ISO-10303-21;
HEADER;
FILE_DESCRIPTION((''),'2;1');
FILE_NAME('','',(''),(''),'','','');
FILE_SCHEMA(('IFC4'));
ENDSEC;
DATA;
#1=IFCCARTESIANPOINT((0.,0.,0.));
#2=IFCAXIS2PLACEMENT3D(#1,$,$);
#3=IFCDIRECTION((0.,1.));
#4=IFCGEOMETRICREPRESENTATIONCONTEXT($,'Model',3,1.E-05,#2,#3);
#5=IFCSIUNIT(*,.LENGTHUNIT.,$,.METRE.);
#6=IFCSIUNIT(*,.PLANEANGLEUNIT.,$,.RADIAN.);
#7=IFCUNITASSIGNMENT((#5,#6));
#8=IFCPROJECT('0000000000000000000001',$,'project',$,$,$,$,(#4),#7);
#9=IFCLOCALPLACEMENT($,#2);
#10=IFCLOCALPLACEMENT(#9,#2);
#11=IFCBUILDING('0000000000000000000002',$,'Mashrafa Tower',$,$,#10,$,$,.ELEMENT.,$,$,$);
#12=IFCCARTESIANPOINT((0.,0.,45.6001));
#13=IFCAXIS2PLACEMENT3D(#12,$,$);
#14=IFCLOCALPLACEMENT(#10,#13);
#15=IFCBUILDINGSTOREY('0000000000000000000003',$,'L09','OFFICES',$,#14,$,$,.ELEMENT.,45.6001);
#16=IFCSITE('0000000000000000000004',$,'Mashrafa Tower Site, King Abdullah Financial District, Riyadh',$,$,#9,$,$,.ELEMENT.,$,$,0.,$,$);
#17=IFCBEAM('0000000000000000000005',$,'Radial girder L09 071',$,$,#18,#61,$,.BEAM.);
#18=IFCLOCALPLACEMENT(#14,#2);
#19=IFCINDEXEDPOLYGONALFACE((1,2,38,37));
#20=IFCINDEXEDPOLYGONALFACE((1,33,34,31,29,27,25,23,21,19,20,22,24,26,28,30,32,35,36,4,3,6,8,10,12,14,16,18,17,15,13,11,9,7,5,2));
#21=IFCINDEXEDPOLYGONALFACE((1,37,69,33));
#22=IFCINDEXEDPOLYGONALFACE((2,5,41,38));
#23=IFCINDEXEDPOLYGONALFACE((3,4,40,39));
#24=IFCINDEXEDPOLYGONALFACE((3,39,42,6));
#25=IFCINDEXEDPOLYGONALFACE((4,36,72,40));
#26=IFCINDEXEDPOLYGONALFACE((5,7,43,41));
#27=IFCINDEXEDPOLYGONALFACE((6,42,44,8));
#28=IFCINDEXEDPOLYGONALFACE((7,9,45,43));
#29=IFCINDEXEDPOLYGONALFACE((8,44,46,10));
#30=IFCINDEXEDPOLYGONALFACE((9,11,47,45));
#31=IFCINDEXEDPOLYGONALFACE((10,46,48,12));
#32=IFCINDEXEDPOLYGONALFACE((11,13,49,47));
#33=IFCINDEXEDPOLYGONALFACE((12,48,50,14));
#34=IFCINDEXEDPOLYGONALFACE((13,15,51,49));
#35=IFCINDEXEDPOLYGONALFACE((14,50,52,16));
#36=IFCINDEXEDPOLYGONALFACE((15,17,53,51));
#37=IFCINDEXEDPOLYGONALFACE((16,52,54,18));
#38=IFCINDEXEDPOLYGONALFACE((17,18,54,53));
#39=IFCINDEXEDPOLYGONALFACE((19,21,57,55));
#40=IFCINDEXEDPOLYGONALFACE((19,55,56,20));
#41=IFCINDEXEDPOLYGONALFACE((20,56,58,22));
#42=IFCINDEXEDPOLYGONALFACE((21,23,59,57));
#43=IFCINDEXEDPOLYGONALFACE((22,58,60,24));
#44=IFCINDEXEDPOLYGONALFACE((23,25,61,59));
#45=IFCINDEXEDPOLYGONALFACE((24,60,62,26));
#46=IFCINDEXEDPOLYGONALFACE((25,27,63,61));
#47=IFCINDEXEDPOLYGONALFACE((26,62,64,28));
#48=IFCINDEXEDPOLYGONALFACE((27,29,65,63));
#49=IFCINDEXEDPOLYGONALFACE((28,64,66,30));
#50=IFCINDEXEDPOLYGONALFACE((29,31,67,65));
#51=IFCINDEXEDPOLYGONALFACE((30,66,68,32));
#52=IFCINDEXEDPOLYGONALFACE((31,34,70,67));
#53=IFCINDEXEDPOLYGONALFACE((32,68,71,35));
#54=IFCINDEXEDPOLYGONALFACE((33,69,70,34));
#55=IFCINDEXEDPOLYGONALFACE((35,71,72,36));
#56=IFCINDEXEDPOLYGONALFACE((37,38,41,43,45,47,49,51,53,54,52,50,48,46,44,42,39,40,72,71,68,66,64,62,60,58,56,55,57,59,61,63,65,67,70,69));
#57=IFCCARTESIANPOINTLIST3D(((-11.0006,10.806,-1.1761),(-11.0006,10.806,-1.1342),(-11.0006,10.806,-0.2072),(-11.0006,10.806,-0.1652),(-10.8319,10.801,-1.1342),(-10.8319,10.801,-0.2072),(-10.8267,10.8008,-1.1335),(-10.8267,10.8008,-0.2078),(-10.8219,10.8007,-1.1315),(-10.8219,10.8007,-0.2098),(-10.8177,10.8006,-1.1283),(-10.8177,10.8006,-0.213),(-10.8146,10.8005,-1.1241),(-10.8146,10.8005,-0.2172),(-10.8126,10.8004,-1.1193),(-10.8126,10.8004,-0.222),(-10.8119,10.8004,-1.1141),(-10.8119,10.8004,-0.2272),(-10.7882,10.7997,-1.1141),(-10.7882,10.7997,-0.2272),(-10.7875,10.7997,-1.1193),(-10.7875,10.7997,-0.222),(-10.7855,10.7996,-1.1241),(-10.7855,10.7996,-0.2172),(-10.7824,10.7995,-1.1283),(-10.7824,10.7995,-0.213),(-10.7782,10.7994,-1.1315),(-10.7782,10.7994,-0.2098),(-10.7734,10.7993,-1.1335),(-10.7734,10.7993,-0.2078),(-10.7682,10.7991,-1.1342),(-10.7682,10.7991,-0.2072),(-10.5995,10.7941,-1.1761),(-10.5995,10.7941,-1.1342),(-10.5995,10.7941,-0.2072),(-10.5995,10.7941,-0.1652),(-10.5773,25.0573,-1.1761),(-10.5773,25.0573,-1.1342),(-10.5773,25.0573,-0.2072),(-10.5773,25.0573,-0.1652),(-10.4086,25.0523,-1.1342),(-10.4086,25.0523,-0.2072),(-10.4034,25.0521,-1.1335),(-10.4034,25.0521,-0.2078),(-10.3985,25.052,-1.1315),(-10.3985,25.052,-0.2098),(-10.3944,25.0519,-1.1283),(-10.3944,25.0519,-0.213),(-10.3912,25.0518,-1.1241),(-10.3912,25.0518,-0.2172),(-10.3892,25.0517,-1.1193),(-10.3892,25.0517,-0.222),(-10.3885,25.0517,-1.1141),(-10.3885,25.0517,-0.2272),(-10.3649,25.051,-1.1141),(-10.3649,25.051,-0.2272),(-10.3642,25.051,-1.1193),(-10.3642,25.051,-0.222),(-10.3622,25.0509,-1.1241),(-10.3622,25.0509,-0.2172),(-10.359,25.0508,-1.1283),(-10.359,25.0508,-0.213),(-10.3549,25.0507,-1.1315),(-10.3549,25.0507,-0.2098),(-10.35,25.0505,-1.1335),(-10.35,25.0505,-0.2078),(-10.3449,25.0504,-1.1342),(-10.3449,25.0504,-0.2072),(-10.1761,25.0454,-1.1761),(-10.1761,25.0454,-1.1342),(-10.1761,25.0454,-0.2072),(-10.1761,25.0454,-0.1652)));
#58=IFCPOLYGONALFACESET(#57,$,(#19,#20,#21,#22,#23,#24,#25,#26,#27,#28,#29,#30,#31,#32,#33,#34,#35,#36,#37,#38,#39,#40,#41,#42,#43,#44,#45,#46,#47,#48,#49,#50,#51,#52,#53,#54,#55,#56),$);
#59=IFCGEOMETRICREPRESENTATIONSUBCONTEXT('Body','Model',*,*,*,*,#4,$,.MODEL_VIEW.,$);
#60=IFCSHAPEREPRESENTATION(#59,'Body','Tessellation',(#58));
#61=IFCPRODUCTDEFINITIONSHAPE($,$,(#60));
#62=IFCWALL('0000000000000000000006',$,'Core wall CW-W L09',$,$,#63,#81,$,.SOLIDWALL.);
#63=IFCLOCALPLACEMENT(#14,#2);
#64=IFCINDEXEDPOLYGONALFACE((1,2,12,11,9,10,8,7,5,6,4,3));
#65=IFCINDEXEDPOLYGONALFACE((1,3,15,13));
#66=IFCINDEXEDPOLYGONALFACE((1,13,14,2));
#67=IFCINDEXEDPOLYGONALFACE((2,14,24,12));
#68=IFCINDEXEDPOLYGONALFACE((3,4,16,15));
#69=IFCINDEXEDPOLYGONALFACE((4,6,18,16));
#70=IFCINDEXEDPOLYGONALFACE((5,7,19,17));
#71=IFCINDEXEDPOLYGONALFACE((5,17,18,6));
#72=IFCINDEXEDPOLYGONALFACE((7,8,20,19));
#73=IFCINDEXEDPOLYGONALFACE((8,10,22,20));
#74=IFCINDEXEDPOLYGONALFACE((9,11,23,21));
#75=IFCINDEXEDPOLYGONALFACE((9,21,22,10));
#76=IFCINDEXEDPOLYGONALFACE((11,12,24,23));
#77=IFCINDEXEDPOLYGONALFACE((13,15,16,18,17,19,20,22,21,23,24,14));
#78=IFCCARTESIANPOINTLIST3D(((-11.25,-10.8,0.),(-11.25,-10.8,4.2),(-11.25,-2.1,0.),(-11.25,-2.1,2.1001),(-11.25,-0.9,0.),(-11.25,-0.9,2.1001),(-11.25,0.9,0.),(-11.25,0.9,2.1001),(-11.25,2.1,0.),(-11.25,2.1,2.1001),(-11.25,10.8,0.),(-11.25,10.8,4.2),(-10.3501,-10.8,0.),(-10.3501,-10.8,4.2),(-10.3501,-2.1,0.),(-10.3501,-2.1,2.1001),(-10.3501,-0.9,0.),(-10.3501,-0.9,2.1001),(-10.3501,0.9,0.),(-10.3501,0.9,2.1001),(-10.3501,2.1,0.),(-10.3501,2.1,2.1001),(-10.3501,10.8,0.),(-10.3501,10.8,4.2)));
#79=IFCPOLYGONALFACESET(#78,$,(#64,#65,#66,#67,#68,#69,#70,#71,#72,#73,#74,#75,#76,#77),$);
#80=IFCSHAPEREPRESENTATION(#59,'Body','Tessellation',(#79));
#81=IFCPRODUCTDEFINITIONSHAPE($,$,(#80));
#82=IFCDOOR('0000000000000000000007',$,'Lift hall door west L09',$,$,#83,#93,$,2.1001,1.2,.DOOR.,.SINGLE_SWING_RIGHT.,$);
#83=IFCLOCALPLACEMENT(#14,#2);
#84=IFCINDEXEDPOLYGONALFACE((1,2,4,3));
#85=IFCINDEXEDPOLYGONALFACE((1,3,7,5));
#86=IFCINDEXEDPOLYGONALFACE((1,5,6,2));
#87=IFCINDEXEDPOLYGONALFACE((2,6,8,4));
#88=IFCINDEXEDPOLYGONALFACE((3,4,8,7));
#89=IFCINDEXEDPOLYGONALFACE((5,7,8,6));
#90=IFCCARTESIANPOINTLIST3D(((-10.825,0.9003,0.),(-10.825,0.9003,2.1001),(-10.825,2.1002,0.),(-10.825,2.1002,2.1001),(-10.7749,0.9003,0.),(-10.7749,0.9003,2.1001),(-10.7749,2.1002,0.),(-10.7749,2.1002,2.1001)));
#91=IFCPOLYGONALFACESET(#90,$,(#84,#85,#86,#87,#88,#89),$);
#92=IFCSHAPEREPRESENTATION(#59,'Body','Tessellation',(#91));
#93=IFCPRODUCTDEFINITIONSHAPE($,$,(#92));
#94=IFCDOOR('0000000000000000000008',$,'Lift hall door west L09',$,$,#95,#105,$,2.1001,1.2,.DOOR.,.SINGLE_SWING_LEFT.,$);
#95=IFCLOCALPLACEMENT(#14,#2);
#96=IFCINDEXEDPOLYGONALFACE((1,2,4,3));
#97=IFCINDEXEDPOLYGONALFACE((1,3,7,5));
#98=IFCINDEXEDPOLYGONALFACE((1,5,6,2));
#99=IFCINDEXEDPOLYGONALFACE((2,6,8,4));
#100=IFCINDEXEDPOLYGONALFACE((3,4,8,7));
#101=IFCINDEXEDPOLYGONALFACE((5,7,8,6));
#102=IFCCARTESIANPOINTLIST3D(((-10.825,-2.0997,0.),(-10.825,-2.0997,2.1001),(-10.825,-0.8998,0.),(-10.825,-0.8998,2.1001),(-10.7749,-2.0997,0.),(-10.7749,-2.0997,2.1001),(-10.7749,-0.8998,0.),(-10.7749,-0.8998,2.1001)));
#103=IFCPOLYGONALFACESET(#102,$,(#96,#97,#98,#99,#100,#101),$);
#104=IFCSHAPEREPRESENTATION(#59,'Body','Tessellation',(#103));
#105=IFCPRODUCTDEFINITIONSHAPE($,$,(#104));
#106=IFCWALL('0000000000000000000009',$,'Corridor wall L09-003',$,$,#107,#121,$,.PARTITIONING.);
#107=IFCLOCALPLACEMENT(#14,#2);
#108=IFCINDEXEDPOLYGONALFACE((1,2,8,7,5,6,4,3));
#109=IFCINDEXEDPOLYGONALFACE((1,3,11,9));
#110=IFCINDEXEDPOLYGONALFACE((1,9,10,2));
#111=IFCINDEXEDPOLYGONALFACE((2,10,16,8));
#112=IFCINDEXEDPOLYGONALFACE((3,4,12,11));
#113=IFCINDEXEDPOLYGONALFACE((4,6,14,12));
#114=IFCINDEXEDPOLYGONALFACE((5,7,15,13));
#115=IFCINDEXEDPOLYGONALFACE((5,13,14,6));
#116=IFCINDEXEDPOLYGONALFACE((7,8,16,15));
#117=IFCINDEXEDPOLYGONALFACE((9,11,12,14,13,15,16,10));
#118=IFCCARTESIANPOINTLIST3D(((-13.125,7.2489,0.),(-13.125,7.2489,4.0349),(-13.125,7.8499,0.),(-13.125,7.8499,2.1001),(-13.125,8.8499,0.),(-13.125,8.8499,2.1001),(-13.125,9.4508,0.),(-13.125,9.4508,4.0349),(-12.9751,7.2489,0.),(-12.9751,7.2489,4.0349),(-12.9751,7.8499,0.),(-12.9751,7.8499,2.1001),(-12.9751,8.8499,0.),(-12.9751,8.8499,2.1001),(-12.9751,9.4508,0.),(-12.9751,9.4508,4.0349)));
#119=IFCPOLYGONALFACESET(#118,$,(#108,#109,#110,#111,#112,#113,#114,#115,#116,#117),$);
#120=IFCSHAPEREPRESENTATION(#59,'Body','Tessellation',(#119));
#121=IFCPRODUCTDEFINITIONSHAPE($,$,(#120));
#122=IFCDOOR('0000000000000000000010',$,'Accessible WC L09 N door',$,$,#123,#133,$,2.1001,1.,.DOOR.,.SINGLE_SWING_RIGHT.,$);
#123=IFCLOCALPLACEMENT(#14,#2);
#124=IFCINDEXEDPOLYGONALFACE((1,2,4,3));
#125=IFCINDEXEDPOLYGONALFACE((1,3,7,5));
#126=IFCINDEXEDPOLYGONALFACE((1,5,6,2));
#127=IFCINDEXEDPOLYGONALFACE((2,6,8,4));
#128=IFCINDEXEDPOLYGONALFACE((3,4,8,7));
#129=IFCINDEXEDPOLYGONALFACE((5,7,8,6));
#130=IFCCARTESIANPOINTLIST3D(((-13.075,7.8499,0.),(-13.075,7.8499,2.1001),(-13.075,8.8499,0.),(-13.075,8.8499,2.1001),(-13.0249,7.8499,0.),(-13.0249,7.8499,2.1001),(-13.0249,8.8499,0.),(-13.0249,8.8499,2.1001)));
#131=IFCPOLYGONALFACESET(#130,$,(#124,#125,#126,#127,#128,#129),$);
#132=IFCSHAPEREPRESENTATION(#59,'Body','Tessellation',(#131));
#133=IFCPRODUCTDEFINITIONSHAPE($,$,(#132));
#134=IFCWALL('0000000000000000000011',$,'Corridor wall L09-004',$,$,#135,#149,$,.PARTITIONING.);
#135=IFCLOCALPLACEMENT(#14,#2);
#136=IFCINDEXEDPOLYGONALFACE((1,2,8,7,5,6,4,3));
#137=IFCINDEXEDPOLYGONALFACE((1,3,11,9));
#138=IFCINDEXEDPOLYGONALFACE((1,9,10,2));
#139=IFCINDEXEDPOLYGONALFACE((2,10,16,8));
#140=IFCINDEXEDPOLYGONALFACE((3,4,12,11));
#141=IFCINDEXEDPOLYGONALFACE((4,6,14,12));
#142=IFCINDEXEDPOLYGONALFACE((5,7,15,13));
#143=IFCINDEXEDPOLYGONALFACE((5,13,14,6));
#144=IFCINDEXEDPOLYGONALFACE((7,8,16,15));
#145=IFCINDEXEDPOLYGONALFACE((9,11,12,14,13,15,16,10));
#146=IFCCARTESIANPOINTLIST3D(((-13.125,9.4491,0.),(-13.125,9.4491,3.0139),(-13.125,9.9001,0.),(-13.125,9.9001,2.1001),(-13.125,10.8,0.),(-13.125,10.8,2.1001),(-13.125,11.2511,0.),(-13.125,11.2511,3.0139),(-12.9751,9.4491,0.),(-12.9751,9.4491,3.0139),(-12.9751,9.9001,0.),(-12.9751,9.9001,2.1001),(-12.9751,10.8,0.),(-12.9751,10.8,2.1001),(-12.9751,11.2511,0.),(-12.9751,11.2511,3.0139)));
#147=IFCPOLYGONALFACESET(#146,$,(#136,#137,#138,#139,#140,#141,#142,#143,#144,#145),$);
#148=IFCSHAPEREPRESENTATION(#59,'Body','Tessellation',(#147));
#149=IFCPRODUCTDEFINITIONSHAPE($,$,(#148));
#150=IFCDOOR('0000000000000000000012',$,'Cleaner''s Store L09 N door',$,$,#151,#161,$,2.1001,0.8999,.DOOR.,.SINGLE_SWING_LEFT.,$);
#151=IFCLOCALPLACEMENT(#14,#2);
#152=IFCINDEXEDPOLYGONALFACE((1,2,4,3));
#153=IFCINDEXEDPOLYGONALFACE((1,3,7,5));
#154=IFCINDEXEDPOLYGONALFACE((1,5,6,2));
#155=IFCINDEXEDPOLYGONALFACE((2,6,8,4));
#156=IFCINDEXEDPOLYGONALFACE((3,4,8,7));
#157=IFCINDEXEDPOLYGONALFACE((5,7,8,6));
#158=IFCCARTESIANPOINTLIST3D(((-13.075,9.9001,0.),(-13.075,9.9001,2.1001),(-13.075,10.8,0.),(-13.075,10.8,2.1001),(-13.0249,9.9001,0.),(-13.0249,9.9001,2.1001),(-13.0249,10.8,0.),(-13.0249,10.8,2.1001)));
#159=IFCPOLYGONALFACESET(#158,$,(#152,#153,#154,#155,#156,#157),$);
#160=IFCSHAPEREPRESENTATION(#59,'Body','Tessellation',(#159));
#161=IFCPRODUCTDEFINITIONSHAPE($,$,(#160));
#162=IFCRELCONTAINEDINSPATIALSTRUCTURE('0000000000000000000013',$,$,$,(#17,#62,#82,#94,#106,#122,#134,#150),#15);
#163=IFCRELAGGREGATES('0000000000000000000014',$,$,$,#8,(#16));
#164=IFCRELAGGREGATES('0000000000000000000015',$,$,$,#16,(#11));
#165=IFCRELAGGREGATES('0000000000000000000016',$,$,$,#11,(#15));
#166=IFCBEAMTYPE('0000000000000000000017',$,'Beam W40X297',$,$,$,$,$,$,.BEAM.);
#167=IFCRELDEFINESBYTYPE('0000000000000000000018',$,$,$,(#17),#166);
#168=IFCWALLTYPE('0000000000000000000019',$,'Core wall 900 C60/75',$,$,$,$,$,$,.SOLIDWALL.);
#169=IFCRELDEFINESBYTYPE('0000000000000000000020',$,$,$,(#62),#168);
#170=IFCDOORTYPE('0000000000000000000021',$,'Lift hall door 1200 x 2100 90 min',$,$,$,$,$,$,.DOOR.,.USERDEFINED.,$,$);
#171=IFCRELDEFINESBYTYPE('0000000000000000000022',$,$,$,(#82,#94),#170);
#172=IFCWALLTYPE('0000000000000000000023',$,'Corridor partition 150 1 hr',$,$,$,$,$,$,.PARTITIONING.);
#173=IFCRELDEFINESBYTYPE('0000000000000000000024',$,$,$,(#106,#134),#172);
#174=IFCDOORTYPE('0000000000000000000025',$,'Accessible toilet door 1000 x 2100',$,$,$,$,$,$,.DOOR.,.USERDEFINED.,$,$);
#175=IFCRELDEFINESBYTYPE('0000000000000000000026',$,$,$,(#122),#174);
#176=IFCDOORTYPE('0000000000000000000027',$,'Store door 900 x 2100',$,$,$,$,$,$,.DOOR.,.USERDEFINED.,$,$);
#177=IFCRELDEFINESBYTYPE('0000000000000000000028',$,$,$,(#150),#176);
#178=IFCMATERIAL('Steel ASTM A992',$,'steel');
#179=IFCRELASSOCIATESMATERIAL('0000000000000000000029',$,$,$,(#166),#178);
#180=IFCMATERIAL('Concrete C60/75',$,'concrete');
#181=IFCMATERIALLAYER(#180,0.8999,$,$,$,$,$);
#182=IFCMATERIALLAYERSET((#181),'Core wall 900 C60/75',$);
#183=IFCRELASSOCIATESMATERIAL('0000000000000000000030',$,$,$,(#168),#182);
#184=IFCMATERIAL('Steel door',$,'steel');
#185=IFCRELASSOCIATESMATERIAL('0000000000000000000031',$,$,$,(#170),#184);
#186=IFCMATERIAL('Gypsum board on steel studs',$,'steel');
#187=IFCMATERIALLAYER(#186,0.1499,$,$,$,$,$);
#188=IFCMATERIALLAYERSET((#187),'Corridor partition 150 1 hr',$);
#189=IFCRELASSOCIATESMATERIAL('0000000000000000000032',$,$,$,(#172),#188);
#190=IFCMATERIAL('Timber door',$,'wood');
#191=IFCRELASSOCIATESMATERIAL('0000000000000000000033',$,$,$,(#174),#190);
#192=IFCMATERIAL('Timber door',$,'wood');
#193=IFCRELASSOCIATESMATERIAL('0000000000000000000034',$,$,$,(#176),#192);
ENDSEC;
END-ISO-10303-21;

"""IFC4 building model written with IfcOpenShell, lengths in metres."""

from ifc_helpers import new_model, si_unit, direction, frame, frame_2d, origin, origin_2d, place, context, subcontext, project, spatial, rectangle, i_section, extrude, material, layer, layer_set, material_profile, profile_set, type_object, element, fill, save


model = new_model("IFC4")

# Units and contexts
model_context = context("Model", 3, precision=1e-05, world=origin(), true_north=direction((0.0, 1.0)))
body_context = subcontext(model_context, "Body", "Model", "MODEL_VIEW")
ifc_project = project(units=[si_unit("LENGTHUNIT", "METRE"), si_unit("PLANEANGLEUNIT", "RADIAN")], contexts=[model_context])

# Site, building, storey
site_placement = place(None, origin())
site = spatial("IfcSite", under=ifc_project, at=site_placement, Name="Mashrafa Tower Site, King Abdullah Financial District, Riyadh", CompositionType="ELEMENT", RefElevation=0.0)
building_placement = place(site_placement, origin())
building = spatial("IfcBuilding", under=site, at=building_placement, Name="Mashrafa Tower", CompositionType="ELEMENT")
storey_placement = place(building_placement, frame((0.0, 0.0, 45.6001)))
storey = spatial("IfcBuildingStorey", under=building, at=storey_placement, Name="L09", Description="OFFICES", CompositionType="ELEMENT", Elevation=45.6001)

# Beam
ifc_material_1 = material(Name="Steel ASTM A992", Category="steel")
ifc_material_profile_1 = material_profile(ifc_material_1, i_section(OverallWidth=0.4014, OverallDepth=1.011, WebThickness=0.0237, FlangeThickness=0.042, FilletRadius=0.02, at=origin_2d()), Name="W40X297")
ifc_profile_set_1 = profile_set([ifc_material_profile_1], Name="Steel ASTM A992")
beam_type_1 = type_object("IfcBeamType", Name="Beam W40X297", PredefinedType="BEAM", material=ifc_profile_set_1)
for number, where, z_axis, x_axis, name in (
    (1, (-10.8, 10.8, -0.6707), (0.029692, 0.999559, 0.0), (-0.999559, 0.029692, 0.0), "Radial girder L09 071"),
):
    element("IfcBeam", number, at=place(storey_placement, frame(where, z_axis=z_axis, x_axis=x_axis)), inside=storey, type_object=beam_type_1, Name=name, PredefinedType="BEAM", context=body_context, shape_type="SweptSolid", body=[
        extrude(i_section(OverallWidth=0.4014, OverallDepth=1.011, WebThickness=0.0237, FlangeThickness=0.042, FilletRadius=0.02, at=origin_2d()), origin(), (0.0, 0.0, 1.0), 14.2576),
    ])

# Wall, openings, doors
ifc_material_2 = material(Name="Concrete C60/75", Category="concrete")
ifc_layer_1 = layer(ifc_material_2, 0.8999)
ifc_layer_set_1 = layer_set([ifc_layer_1], Name="Core wall 900 C60/75")
wall_type_1 = type_object("IfcWallType", Name="Core wall 900 C60/75", PredefinedType="SOLIDWALL", material=ifc_layer_set_1)
wall_1_placement = place(storey_placement, frame((-10.8, 10.8, 0.0), z_axis=(0.0, 0.0, 1.0), x_axis=(0.0, -1.0, 0.0)))
wall_1 = element("IfcWall", 2, at=wall_1_placement, inside=storey, type_object=wall_type_1, Name="Core wall CW-W L09", PredefinedType="SOLIDWALL", context=body_context, shape_type="SweptSolid", body=[
    extrude(rectangle(XDim=21.6001, YDim=0.8999, at=frame_2d((10.8, 0.0))), origin(), (0.0, 0.0, 1.0), 4.2),
])
opening_1_placement = place(wall_1_placement, frame((8.7, 0.0, 0.0)))
opening_1 = element("IfcOpeningElement", 3, at=opening_1_placement, cuts=wall_1, PredefinedType="OPENING", context=body_context, shape_type="SweptSolid", body=[
    extrude(rectangle(XDim=1.2, YDim=2.1001, at=frame_2d((0.6001, 1.05))), frame((0.0, 0.46, 0.0), z_axis=(0.0, -1.0, 0.0), x_axis=(1.0, 0.0, 0.0)), (0.0, 0.0, 1.0), 0.9199),
])
opening_2_placement = place(wall_1_placement, frame((11.7, 0.0, 0.0)))
opening_2 = element("IfcOpeningElement", 4, at=opening_2_placement, cuts=wall_1, PredefinedType="OPENING", context=body_context, shape_type="SweptSolid", body=[
    extrude(rectangle(XDim=1.2, YDim=2.1001, at=frame_2d((0.6001, 1.05))), frame((0.0, 0.46, 0.0), z_axis=(0.0, -1.0, 0.0), x_axis=(1.0, 0.0, 0.0)), (0.0, 0.0, 1.0), 0.9199),
])
ifc_material_3 = material(Name="Steel door", Category="steel")
door_type_1 = type_object("IfcDoorType", Name="Lift hall door 1200 x 2100 90 min", OperationType="USERDEFINED", PredefinedType="DOOR", material=ifc_material_3)
door_1_placement = place(opening_1_placement, frame((1.2, 0.0, 0.0), z_axis=(0.0, 0.0, 1.0), x_axis=(-1.0, 0.0, 0.0)))
door_1 = element("IfcDoor", 5, at=door_1_placement, inside=storey, type_object=door_type_1, Name="Lift hall door west L09", OperationType="SINGLE_SWING_RIGHT", OverallHeight=2.1001, OverallWidth=1.2, PredefinedType="DOOR", context=body_context, shape_type="SweptSolid", body=[
    extrude(rectangle(XDim=1.2, YDim=2.1001, at=frame_2d((0.6001, 1.05))), frame((0.0, 0.0249, 0.0), z_axis=(0.0, -1.0, 0.0), x_axis=(1.0, 0.0, 0.0)), (0.0, 0.0, 1.0), 0.05),
])
fill(opening_1, door_1)
door_2_placement = place(opening_2_placement, frame((1.2, 0.0, 0.0), z_axis=(0.0, 0.0, 1.0), x_axis=(-1.0, 0.0, 0.0)))
door_2 = element("IfcDoor", 6, at=door_2_placement, inside=storey, type_object=door_type_1, Name="Lift hall door west L09", OperationType="SINGLE_SWING_LEFT", OverallHeight=2.1001, OverallWidth=1.2, PredefinedType="DOOR", context=body_context, shape_type="SweptSolid", body=[
    extrude(rectangle(XDim=1.2, YDim=2.1001, at=frame_2d((0.6001, 1.05))), frame((0.0, 0.0249, 0.0), z_axis=(0.0, -1.0, 0.0), x_axis=(1.0, 0.0, 0.0)), (0.0, 0.0, 1.0), 0.05),
])
fill(opening_2, door_2)

# Walls, openings, doors
ifc_material_4 = material(Name="Gypsum board on steel studs", Category="steel")
ifc_layer_2 = layer(ifc_material_4, 0.1499)
ifc_layer_set_2 = layer_set([ifc_layer_2], Name="Corridor partition 150 1 hr")
wall_type_2 = type_object("IfcWallType", Name="Corridor partition 150 1 hr", PredefinedType="PARTITIONING", material=ifc_layer_set_2)
wall_2_placement = place(storey_placement, frame((-13.05, 9.4509, 0.0), z_axis=(0.0, 0.0, 1.0), x_axis=(0.0, -1.0, 0.0)))
wall_2 = element("IfcWall", 7, at=wall_2_placement, inside=storey, type_object=wall_type_2, Name="Corridor wall L09-003", PredefinedType="PARTITIONING", context=body_context, shape_type="SweptSolid", body=[
    extrude(rectangle(XDim=2.2019, YDim=0.1499, at=frame_2d((1.1011, 0.0))), origin(), (0.0, 0.0, 1.0), 4.0349),
])
opening_3_placement = place(wall_2_placement, frame((0.6011, 0.0, 0.0)))
opening_3 = element("IfcOpeningElement", 8, at=opening_3_placement, cuts=wall_2, PredefinedType="OPENING", context=body_context, shape_type="SweptSolid", body=[
    extrude(rectangle(XDim=1.0, YDim=2.1001, at=frame_2d((0.5, 1.05))), frame((0.0, 0.085, 0.0), z_axis=(0.0, -1.0, 0.0), x_axis=(1.0, 0.0, 0.0)), (0.0, 0.0, 1.0), 0.1699),
])
ifc_material_5 = material(Name="Timber door", Category="wood")
door_type_2 = type_object("IfcDoorType", Name="Accessible toilet door 1000 x 2100", OperationType="USERDEFINED", PredefinedType="DOOR", material=ifc_material_5)
door_3_placement = place(opening_3_placement, frame((1.0, 0.0, 0.0), z_axis=(0.0, 0.0, 1.0), x_axis=(-1.0, 0.0, 0.0)))
door_3 = element("IfcDoor", 9, at=door_3_placement, inside=storey, type_object=door_type_2, Name="Accessible WC L09 N door", OperationType="SINGLE_SWING_RIGHT", OverallHeight=2.1001, OverallWidth=1.0, PredefinedType="DOOR", context=body_context, shape_type="SweptSolid", body=[
    extrude(rectangle(XDim=1.0, YDim=2.1001, at=frame_2d((0.5, 1.05))), frame((0.0, 0.0249, 0.0), z_axis=(0.0, -1.0, 0.0), x_axis=(1.0, 0.0, 0.0)), (0.0, 0.0, 1.0), 0.05),
])
fill(opening_3, door_3)
wall_3_placement = place(storey_placement, frame((-13.05, 11.251, 0.0), z_axis=(0.0, 0.0, 1.0), x_axis=(0.0, -1.0, 0.0)))
wall_3 = element("IfcWall", 10, at=wall_3_placement, inside=storey, type_object=wall_type_2, Name="Corridor wall L09-004", PredefinedType="PARTITIONING", context=body_context, shape_type="SweptSolid", body=[
    extrude(rectangle(XDim=1.802, YDim=0.1499, at=frame_2d((0.9009, 0.0))), origin(), (0.0, 0.0, 1.0), 3.0139),
])
opening_4_placement = place(wall_3_placement, frame((0.4509, 0.0, 0.0)))
opening_4 = element("IfcOpeningElement", 11, at=opening_4_placement, cuts=wall_3, PredefinedType="OPENING", context=body_context, shape_type="SweptSolid", body=[
    extrude(rectangle(XDim=0.8999, YDim=2.1001, at=frame_2d((0.45, 1.05))), frame((0.0, 0.085, 0.0), z_axis=(0.0, -1.0, 0.0), x_axis=(1.0, 0.0, 0.0)), (0.0, 0.0, 1.0), 0.1699),
])
ifc_material_6 = material(Name="Timber door", Category="wood")
door_type_3 = type_object("IfcDoorType", Name="Store door 900 x 2100", OperationType="USERDEFINED", PredefinedType="DOOR", material=ifc_material_6)
door_4_placement = place(opening_4_placement, frame((0.8999, 0.0, 0.0), z_axis=(0.0, 0.0, 1.0), x_axis=(-1.0, 0.0, 0.0)))
door_4 = element("IfcDoor", 12, at=door_4_placement, inside=storey, type_object=door_type_3, Name="Cleaner's Store L09 N door", OperationType="SINGLE_SWING_LEFT", OverallHeight=2.1001, OverallWidth=0.8999, PredefinedType="DOOR", context=body_context, shape_type="SweptSolid", body=[
    extrude(rectangle(XDim=0.8999, YDim=2.1001, at=frame_2d((0.45, 1.05))), frame((0.0, 0.0249, 0.0), z_axis=(0.0, -1.0, 0.0), x_axis=(1.0, 0.0, 0.0)), (0.0, 0.0, 1.0), 0.05),
])
fill(opening_4, door_4)

save(model, "model.ifc")
